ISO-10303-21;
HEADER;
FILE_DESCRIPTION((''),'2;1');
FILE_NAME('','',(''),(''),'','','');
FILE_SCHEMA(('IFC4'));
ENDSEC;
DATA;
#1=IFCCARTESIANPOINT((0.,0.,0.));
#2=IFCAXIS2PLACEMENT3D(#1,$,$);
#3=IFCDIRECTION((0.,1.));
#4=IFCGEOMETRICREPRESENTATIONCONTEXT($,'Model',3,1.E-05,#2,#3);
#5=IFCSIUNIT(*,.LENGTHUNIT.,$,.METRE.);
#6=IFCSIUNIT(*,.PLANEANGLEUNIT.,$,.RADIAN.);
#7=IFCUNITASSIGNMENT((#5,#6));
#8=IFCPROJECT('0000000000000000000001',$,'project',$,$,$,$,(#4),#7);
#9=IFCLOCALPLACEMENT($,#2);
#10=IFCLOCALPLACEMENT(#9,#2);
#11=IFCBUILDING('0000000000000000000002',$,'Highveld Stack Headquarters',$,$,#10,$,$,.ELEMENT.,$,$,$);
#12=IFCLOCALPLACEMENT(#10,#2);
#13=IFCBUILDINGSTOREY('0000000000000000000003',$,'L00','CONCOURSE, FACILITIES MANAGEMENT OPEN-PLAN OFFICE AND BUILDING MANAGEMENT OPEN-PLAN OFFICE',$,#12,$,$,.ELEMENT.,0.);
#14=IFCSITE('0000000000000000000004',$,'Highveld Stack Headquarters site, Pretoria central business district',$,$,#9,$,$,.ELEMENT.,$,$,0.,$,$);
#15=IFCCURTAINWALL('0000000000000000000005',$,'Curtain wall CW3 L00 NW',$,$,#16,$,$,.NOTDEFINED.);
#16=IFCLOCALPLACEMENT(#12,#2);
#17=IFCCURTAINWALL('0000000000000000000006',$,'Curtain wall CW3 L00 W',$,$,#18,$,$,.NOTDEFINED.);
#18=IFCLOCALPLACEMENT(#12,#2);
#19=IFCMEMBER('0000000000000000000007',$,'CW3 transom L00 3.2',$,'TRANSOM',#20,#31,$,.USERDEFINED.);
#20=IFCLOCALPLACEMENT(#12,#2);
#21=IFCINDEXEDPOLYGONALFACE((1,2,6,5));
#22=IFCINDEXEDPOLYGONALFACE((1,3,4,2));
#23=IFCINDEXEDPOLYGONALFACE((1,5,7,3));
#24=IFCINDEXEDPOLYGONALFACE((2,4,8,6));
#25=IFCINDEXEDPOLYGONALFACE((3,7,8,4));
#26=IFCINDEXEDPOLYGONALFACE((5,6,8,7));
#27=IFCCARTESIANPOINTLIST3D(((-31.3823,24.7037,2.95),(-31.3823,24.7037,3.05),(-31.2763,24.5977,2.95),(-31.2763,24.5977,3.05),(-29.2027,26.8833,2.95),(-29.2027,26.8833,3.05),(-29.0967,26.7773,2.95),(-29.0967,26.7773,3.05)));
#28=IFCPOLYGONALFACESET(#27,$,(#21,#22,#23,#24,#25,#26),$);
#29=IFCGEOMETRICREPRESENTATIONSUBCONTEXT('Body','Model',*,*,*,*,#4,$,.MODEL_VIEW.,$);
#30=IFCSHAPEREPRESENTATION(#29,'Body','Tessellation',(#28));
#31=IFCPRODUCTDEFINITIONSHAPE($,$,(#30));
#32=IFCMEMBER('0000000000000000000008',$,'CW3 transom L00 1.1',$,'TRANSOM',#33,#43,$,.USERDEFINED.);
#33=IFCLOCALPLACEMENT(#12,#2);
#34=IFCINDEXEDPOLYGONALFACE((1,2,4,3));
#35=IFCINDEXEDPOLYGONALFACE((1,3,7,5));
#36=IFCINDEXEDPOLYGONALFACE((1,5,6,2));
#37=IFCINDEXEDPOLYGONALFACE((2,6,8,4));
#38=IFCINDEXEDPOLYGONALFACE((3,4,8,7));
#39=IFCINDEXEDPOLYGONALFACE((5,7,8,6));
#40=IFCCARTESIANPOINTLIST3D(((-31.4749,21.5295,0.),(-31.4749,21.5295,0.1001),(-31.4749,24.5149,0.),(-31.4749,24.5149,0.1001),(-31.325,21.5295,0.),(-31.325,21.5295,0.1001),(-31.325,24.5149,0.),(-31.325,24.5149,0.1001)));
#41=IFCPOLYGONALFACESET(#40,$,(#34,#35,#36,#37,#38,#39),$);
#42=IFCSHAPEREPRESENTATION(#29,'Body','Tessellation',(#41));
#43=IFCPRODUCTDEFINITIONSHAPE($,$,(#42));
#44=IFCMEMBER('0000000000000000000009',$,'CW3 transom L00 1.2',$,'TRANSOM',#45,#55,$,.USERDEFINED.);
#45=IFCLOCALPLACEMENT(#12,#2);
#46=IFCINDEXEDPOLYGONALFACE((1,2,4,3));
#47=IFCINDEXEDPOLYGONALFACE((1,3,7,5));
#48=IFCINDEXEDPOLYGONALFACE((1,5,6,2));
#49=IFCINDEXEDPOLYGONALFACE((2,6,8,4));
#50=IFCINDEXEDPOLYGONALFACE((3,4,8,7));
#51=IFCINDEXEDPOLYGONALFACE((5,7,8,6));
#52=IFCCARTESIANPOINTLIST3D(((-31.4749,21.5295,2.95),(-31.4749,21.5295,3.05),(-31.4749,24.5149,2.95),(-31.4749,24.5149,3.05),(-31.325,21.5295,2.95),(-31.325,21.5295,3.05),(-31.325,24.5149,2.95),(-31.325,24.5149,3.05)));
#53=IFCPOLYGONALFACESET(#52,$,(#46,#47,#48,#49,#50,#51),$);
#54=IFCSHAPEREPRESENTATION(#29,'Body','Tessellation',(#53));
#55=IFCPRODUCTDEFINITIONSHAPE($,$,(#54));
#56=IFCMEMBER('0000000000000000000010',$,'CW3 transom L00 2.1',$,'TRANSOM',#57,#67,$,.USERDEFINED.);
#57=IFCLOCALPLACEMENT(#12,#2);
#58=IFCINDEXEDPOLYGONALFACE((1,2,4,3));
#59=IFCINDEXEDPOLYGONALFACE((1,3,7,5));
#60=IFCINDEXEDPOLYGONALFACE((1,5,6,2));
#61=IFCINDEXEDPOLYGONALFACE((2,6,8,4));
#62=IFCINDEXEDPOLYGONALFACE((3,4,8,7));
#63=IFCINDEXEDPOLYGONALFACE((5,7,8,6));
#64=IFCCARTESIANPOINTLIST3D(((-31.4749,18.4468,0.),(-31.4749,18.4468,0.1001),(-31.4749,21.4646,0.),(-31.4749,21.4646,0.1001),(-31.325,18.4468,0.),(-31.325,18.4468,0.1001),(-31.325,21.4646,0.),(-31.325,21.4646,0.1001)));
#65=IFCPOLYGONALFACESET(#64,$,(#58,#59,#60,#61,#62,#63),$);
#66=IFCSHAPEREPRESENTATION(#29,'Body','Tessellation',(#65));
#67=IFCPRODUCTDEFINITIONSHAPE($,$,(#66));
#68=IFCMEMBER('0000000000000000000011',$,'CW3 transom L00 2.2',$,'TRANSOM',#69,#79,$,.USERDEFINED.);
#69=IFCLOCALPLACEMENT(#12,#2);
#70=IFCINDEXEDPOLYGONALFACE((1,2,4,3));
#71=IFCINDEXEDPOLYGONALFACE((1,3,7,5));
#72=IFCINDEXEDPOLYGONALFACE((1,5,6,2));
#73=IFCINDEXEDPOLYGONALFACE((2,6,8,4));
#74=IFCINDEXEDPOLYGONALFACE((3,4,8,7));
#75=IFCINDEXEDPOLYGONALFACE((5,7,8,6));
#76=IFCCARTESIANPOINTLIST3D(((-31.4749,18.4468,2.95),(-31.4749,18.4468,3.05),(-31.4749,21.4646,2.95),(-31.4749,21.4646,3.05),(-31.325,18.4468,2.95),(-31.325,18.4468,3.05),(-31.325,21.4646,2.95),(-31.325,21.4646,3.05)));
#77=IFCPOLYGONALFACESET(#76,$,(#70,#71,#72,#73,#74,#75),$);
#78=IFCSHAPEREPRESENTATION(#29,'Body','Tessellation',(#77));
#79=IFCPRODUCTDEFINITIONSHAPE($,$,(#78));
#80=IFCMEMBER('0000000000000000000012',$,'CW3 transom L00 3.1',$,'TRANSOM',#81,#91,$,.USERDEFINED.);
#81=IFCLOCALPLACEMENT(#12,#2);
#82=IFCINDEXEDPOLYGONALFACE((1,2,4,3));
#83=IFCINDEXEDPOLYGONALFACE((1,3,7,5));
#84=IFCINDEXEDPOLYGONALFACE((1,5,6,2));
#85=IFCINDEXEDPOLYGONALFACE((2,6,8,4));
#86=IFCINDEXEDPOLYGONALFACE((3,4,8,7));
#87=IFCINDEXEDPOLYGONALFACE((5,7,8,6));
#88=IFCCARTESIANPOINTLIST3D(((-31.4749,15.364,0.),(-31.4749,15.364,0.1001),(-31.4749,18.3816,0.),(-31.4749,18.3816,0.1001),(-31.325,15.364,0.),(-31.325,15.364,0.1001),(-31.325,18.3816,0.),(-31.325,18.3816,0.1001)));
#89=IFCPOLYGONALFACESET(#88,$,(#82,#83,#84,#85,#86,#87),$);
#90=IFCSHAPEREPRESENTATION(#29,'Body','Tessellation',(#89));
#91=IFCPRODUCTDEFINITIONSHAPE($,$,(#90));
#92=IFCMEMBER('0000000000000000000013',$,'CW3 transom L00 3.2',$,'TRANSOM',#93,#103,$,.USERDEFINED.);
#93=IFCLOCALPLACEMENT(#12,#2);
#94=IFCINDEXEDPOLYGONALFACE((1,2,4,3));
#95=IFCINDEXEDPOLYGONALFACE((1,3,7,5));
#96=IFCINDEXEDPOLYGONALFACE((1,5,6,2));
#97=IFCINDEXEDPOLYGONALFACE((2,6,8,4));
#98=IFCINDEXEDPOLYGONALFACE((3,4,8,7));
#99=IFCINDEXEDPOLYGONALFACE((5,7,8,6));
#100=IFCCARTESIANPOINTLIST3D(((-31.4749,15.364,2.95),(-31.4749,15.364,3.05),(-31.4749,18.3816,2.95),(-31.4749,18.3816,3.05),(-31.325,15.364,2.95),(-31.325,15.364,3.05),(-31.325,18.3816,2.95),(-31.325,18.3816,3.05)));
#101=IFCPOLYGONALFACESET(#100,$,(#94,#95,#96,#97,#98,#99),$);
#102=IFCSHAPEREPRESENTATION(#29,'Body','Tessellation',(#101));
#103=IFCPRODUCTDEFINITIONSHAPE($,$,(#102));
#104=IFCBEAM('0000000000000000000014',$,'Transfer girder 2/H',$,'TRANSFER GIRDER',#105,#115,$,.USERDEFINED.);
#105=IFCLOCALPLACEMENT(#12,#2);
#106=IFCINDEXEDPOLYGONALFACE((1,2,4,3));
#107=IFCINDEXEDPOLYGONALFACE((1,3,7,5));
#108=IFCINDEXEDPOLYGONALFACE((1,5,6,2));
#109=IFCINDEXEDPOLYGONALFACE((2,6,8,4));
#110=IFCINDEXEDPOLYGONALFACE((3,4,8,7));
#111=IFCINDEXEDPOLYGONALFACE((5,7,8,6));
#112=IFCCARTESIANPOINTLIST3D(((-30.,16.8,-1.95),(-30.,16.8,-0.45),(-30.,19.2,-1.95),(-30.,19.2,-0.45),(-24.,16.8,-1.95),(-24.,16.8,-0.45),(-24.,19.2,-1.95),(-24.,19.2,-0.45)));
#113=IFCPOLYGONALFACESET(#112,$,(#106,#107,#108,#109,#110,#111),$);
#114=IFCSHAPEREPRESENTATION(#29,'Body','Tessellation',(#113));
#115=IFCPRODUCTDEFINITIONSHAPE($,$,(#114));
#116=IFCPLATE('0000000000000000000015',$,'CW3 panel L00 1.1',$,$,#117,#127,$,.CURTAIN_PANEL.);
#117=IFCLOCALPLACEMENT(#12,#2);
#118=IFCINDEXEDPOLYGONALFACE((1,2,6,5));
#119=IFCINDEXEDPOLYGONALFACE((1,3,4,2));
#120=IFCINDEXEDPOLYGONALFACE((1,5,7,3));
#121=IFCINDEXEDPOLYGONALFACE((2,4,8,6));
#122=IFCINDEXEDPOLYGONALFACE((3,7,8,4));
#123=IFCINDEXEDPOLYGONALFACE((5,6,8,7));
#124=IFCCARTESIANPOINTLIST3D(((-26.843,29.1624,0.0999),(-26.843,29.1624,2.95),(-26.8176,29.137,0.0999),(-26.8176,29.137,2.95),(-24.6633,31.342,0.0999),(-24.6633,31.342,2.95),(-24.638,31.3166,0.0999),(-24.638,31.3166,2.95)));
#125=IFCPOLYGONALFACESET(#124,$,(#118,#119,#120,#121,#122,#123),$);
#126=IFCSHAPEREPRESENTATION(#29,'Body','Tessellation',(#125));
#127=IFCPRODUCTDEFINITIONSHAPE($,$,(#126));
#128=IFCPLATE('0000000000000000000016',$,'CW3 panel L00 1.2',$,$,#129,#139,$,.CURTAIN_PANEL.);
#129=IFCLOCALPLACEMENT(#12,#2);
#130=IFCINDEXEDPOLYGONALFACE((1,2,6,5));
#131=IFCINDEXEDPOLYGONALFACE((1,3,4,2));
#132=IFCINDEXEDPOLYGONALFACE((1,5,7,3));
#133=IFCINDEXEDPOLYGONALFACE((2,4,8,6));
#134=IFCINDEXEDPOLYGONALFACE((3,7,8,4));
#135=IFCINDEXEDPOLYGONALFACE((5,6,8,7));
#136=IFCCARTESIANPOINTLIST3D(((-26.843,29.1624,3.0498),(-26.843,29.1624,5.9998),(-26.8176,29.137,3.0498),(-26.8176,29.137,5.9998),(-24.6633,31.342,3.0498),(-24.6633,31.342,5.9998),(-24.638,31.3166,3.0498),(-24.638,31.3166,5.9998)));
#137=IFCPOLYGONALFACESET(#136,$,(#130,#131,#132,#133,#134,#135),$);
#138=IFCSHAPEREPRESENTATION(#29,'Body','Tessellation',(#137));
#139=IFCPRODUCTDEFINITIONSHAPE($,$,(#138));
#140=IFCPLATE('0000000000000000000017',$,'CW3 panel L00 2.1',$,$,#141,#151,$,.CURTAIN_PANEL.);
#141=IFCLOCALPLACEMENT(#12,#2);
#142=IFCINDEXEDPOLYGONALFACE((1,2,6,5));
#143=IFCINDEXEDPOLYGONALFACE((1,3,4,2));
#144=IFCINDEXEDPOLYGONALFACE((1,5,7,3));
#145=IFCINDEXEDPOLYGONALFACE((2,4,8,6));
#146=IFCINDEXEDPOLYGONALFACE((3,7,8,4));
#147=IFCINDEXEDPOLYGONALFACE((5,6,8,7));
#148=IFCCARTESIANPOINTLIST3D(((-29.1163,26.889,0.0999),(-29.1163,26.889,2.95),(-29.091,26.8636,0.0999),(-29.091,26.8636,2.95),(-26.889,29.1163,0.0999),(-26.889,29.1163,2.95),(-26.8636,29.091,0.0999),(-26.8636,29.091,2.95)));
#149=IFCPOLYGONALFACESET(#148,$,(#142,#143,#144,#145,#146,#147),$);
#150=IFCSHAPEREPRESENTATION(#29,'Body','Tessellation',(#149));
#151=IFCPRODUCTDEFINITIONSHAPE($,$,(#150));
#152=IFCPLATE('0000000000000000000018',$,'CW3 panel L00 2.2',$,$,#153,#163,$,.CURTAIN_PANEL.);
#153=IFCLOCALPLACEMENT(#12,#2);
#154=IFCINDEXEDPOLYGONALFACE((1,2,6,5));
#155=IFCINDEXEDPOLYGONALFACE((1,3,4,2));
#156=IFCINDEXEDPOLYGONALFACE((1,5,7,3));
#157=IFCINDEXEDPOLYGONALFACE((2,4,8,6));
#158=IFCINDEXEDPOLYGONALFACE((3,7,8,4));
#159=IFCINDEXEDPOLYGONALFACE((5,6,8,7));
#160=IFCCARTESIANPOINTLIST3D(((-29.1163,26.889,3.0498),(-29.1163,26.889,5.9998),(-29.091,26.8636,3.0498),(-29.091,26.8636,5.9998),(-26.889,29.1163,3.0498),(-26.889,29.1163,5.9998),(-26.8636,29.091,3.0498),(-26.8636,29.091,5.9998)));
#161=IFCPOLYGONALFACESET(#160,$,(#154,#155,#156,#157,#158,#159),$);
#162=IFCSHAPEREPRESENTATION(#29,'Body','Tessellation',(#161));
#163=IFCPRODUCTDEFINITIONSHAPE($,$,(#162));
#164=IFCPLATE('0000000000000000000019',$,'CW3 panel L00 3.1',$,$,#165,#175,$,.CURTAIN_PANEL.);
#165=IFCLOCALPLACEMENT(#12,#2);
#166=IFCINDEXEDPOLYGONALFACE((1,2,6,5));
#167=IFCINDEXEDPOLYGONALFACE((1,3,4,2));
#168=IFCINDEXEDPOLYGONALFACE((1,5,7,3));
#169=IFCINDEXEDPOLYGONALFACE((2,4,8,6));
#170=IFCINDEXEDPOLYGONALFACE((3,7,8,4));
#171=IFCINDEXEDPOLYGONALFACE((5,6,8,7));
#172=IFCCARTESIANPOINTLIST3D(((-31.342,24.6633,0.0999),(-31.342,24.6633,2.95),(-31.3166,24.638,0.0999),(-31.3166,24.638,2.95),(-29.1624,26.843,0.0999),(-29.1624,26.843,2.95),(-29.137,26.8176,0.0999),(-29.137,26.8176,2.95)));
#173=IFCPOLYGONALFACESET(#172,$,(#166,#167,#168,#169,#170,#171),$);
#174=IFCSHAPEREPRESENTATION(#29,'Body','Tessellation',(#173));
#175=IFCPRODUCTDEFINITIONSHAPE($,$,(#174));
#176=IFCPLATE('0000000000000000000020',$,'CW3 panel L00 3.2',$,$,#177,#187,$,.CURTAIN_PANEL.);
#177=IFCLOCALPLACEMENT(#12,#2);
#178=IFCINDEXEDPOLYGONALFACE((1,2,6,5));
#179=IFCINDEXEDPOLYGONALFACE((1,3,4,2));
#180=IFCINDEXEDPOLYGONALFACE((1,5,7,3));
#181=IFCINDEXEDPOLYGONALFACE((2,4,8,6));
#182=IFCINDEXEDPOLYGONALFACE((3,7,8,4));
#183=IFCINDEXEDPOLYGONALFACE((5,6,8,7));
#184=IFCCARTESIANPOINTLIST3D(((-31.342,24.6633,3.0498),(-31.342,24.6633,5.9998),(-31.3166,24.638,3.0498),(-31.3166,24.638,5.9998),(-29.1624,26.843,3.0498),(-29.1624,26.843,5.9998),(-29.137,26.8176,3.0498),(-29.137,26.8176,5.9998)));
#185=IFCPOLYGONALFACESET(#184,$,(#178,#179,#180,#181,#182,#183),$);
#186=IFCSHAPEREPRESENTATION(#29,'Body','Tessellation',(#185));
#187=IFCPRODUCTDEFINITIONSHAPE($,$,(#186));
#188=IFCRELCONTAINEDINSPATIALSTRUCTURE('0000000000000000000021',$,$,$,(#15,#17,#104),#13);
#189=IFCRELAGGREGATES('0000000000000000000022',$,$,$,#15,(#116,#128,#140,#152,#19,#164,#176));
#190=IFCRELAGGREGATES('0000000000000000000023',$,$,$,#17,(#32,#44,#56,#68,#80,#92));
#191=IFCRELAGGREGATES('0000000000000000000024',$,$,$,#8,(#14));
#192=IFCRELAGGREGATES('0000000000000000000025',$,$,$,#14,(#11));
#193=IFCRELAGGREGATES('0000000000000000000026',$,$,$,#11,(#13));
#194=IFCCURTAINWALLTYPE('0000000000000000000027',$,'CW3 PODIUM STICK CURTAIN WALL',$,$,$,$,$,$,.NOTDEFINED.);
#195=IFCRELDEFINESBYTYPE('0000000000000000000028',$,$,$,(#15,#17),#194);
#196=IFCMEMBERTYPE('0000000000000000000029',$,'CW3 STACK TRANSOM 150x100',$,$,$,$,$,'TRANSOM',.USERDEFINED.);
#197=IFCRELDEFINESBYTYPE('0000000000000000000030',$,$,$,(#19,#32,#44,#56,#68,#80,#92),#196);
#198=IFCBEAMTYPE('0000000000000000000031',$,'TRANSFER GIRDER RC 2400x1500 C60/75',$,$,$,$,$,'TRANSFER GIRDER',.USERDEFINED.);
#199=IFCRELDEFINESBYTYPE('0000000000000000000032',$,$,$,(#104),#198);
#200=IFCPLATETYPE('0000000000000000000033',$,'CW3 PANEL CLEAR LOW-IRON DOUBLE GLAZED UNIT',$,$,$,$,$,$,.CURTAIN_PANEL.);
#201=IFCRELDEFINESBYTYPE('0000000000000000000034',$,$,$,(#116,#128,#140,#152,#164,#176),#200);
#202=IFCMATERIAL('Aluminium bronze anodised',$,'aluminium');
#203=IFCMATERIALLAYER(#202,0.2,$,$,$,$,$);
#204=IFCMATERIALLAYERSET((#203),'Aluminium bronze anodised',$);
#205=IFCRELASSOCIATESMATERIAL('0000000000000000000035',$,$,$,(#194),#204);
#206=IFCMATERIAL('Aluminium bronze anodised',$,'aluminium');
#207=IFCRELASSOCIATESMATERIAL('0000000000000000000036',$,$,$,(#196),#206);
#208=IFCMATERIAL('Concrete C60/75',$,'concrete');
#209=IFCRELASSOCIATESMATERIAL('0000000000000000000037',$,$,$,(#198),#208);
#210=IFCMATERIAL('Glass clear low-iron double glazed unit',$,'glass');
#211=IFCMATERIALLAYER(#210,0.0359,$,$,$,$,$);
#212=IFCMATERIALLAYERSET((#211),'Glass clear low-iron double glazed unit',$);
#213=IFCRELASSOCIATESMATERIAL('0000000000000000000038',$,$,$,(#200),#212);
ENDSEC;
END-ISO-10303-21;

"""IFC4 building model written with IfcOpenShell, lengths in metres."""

from ifc_helpers import new_model, si_unit, direction, frame, origin, origin_2d, place, context, subcontext, project, spatial, rectangle, extrude, material, layer, layer_set, material_profile, profile_set, type_object, element, aggregate, save


model = new_model("IFC4")

# Units and contexts
model_context = context("Model", 3, precision=1e-05, world=origin(), true_north=direction((0.0, 1.0)))
body_context = subcontext(model_context, "Body", "Model", "MODEL_VIEW")
ifc_project = project(units=[si_unit("LENGTHUNIT", "METRE"), si_unit("PLANEANGLEUNIT", "RADIAN")], contexts=[model_context])

# Site, building, storey
site_placement = place(None, origin())
site = spatial("IfcSite", under=ifc_project, at=site_placement, Name="Highveld Stack Headquarters site, Pretoria central business district", CompositionType="ELEMENT", RefElevation=0.0)
building_placement = place(site_placement, origin())
building = spatial("IfcBuilding", under=site, at=building_placement, Name="Highveld Stack Headquarters", CompositionType="ELEMENT")
storey_placement = place(building_placement, origin())
storey = spatial("IfcBuildingStorey", under=building, at=storey_placement, Name="L00", Description="CONCOURSE, FACILITIES MANAGEMENT OPEN-PLAN OFFICE AND BUILDING MANAGEMENT OPEN-PLAN OFFICE", CompositionType="ELEMENT", Elevation=0.0)

# Shared definitions
ifc_material_1 = material(Name="Aluminium bronze anodised", Category="aluminium")
ifc_layer_1 = layer(ifc_material_1, 0.2)
ifc_layer_set_1 = layer_set([ifc_layer_1], Name="Aluminium bronze anodised")
curtain_wall_type = type_object("IfcCurtainWallType", Name="CW3 PODIUM STICK CURTAIN WALL", PredefinedType="NOTDEFINED", material=ifc_layer_set_1)

# Curtain walls
curtain_wall_1_placement = place(storey_placement, origin())
curtain_wall_1 = element("IfcCurtainWall", 1, at=curtain_wall_1_placement, inside=storey, type_object=curtain_wall_type, Name="Curtain wall CW3 L00 NW", PredefinedType="NOTDEFINED")
curtain_wall_2_placement = place(storey_placement, origin())
curtain_wall_2 = element("IfcCurtainWall", 2, at=curtain_wall_2_placement, inside=storey, type_object=curtain_wall_type, Name="Curtain wall CW3 L00 W", PredefinedType="NOTDEFINED")

# Members
ifc_material_2 = material(Name="Aluminium bronze anodised", Category="aluminium")
ifc_material_profile_1 = material_profile(ifc_material_2, rectangle(XDim=0.1499, YDim=0.1001, at=origin_2d()), Name="CW3 TRANSOM 150x100")
ifc_profile_set_1 = profile_set([ifc_material_profile_1], Name="Aluminium bronze anodised")
member_type_1 = type_object("IfcMemberType", Name="CW3 STACK TRANSOM 150x100", ElementType="TRANSOM", PredefinedType="USERDEFINED", material=ifc_profile_set_1)
member_1_placement = place(storey_placement, frame((-29.1497, 26.8303, 3.0), z_axis=(-0.707107, -0.707107, 0.0), x_axis=(0.707107, -0.707107, 0.0)))
member_1 = element("IfcMember", 3, at=member_1_placement, type_object=member_type_1, Name="CW3 transom L00 3.2", ObjectType="TRANSOM", PredefinedType="USERDEFINED", context=body_context, shape_type="SweptSolid", body=[
    extrude(rectangle(XDim=0.1499, YDim=0.1001, at=origin_2d()), origin(), (0.0, 0.0, 1.0), 3.0825),
])
member_2_placement = place(storey_placement, frame((-31.3999, 24.5149, 0.05), z_axis=(0.0, -1.0, 0.0), x_axis=(1.0, 0.0, 0.0)))
member_2 = element("IfcMember", 4, at=member_2_placement, type_object=member_type_1, Name="CW3 transom L00 1.1", ObjectType="TRANSOM", PredefinedType="USERDEFINED", context=body_context, shape_type="SweptSolid", body=[
    extrude(rectangle(XDim=0.1499, YDim=0.1001, at=origin_2d()), origin(), (0.0, 0.0, 1.0), 2.9854),
])
member_3_placement = place(storey_placement, frame((-31.3999, 24.5149, 3.0), z_axis=(0.0, -1.0, 0.0), x_axis=(1.0, 0.0, 0.0)))
member_3 = element("IfcMember", 5, at=member_3_placement, type_object=member_type_1, Name="CW3 transom L00 1.2", ObjectType="TRANSOM", PredefinedType="USERDEFINED", context=body_context, shape_type="SweptSolid", body=[
    extrude(rectangle(XDim=0.1499, YDim=0.1001, at=origin_2d()), origin(), (0.0, 0.0, 1.0), 2.9854),
])
member_4_placement = place(storey_placement, frame((-31.3999, 21.4646, 0.05), z_axis=(0.0, -1.0, 0.0), x_axis=(1.0, 0.0, 0.0)))
member_4 = element("IfcMember", 6, at=member_4_placement, type_object=member_type_1, Name="CW3 transom L00 2.1", ObjectType="TRANSOM", PredefinedType="USERDEFINED", context=body_context, shape_type="SweptSolid", body=[
    extrude(rectangle(XDim=0.1499, YDim=0.1001, at=origin_2d()), origin(), (0.0, 0.0, 1.0), 3.0178),
])
member_5_placement = place(storey_placement, frame((-31.3999, 21.4646, 3.0), z_axis=(0.0, -1.0, 0.0), x_axis=(1.0, 0.0, 0.0)))
member_5 = element("IfcMember", 7, at=member_5_placement, type_object=member_type_1, Name="CW3 transom L00 2.2", ObjectType="TRANSOM", PredefinedType="USERDEFINED", context=body_context, shape_type="SweptSolid", body=[
    extrude(rectangle(XDim=0.1499, YDim=0.1001, at=origin_2d()), origin(), (0.0, 0.0, 1.0), 3.0178),
])
member_6_placement = place(storey_placement, frame((-31.3999, 18.3816, 0.05), z_axis=(0.0, -1.0, 0.0), x_axis=(1.0, 0.0, 0.0)))
member_6 = element("IfcMember", 8, at=member_6_placement, type_object=member_type_1, Name="CW3 transom L00 3.1", ObjectType="TRANSOM", PredefinedType="USERDEFINED", context=body_context, shape_type="SweptSolid", body=[
    extrude(rectangle(XDim=0.1499, YDim=0.1001, at=origin_2d()), origin(), (0.0, 0.0, 1.0), 3.0176),
])
member_7_placement = place(storey_placement, frame((-31.3999, 18.3816, 3.0), z_axis=(0.0, -1.0, 0.0), x_axis=(1.0, 0.0, 0.0)))
member_7 = element("IfcMember", 9, at=member_7_placement, type_object=member_type_1, Name="CW3 transom L00 3.2", ObjectType="TRANSOM", PredefinedType="USERDEFINED", context=body_context, shape_type="SweptSolid", body=[
    extrude(rectangle(XDim=0.1499, YDim=0.1001, at=origin_2d()), origin(), (0.0, 0.0, 1.0), 3.0176),
])

# Beam
ifc_material_3 = material(Name="Concrete C60/75", Category="concrete")
ifc_material_profile_2 = material_profile(ifc_material_3, rectangle(XDim=2.3999, YDim=1.5, at=origin_2d()), Name="RC 2400x1500")
ifc_profile_set_2 = profile_set([ifc_material_profile_2], Name="Concrete C60/75")
beam_type = type_object("IfcBeamType", Name="TRANSFER GIRDER RC 2400x1500 C60/75", ElementType="TRANSFER GIRDER", PredefinedType="USERDEFINED", material=ifc_profile_set_2)
beam_placement = place(storey_placement, frame((-24.0, 18.0, -1.2), z_axis=(-1.0, 0.0, 0.0), x_axis=(0.0, -1.0, 0.0)))
element("IfcBeam", 10, at=beam_placement, inside=storey, type_object=beam_type, Name="Transfer girder 2/H", ObjectType="TRANSFER GIRDER", PredefinedType="USERDEFINED", context=body_context, shape_type="SweptSolid", body=[
    extrude(rectangle(XDim=2.3999, YDim=1.5, at=origin_2d()), origin(), (0.0, 0.0, 1.0), 6.0),
])

# Plates
ifc_material_4 = material(Name="Glass clear low-iron double glazed unit", Category="glass")
ifc_layer_2 = layer(ifc_material_4, 0.0359)
ifc_layer_set_2 = layer_set([ifc_layer_2], Name="Glass clear low-iron double glazed unit")
plate_type = type_object("IfcPlateType", Name="CW3 PANEL CLEAR LOW-IRON DOUBLE GLAZED UNIT", PredefinedType="CURTAIN_PANEL", material=ifc_layer_set_2)
plate_1_placement = place(storey_placement, frame((-25.7405, 30.2395, 0.0999), z_axis=(0.0, 0.0, 1.0), x_axis=(-0.707107, -0.707107, 0.0)))
plate_1 = element("IfcPlate", 11, at=plate_1_placement, type_object=plate_type, Name="CW3 panel L00 1.1", PredefinedType="CURTAIN_PANEL", context=body_context, shape_type="SweptSolid", body=[
    extrude(rectangle(XDim=3.0825, YDim=0.0359, at=origin_2d()), origin(), (0.0, 0.0, 1.0), 2.8501),
])
plate_2_placement = place(storey_placement, frame((-25.7405, 30.2395, 3.0498), z_axis=(0.0, 0.0, 1.0), x_axis=(-0.707107, -0.707107, 0.0)))
plate_2 = element("IfcPlate", 12, at=plate_2_placement, type_object=plate_type, Name="CW3 panel L00 1.2", PredefinedType="CURTAIN_PANEL", context=body_context, shape_type="SweptSolid", body=[
    extrude(rectangle(XDim=3.0825, YDim=0.0359, at=origin_2d()), origin(), (0.0, 0.0, 1.0), 2.95),
])
plate_3_placement = place(storey_placement, frame((-27.99, 27.99, 0.0999), z_axis=(0.0, 0.0, 1.0), x_axis=(-0.707107, -0.707107, 0.0)))
plate_3 = element("IfcPlate", 13, at=plate_3_placement, type_object=plate_type, Name="CW3 panel L00 2.1", PredefinedType="CURTAIN_PANEL", context=body_context, shape_type="SweptSolid", body=[
    extrude(rectangle(XDim=3.1499, YDim=0.0359, at=origin_2d()), origin(), (0.0, 0.0, 1.0), 2.8501),
])
plate_4_placement = place(storey_placement, frame((-27.99, 27.99, 3.0498), z_axis=(0.0, 0.0, 1.0), x_axis=(-0.707107, -0.707107, 0.0)))
plate_4 = element("IfcPlate", 14, at=plate_4_placement, type_object=plate_type, Name="CW3 panel L00 2.2", PredefinedType="CURTAIN_PANEL", context=body_context, shape_type="SweptSolid", body=[
    extrude(rectangle(XDim=3.1499, YDim=0.0359, at=origin_2d()), origin(), (0.0, 0.0, 1.0), 2.95),
])
plate_5_placement = place(storey_placement, frame((-30.2395, 25.7405, 0.0999), z_axis=(0.0, 0.0, 1.0), x_axis=(-0.707107, -0.707107, 0.0)))
plate_5 = element("IfcPlate", 15, at=plate_5_placement, type_object=plate_type, Name="CW3 panel L00 3.1", PredefinedType="CURTAIN_PANEL", context=body_context, shape_type="SweptSolid", body=[
    extrude(rectangle(XDim=3.0825, YDim=0.0359, at=origin_2d()), origin(), (0.0, 0.0, 1.0), 2.8501),
])
plate_6_placement = place(storey_placement, frame((-30.2395, 25.7405, 3.0498), z_axis=(0.0, 0.0, 1.0), x_axis=(-0.707107, -0.707107, 0.0)))
plate_6 = element("IfcPlate", 16, at=plate_6_placement, type_object=plate_type, Name="CW3 panel L00 3.2", PredefinedType="CURTAIN_PANEL", context=body_context, shape_type="SweptSolid", body=[
    extrude(rectangle(XDim=3.0825, YDim=0.0359, at=origin_2d()), origin(), (0.0, 0.0, 1.0), 2.95),
])
aggregate(curtain_wall_1, [plate_1, plate_2, plate_3, plate_4, member_1, plate_5, plate_6])
aggregate(curtain_wall_2, [member_2, member_3, member_4, member_5, member_6, member_7])

save(model, "model.ifc")
